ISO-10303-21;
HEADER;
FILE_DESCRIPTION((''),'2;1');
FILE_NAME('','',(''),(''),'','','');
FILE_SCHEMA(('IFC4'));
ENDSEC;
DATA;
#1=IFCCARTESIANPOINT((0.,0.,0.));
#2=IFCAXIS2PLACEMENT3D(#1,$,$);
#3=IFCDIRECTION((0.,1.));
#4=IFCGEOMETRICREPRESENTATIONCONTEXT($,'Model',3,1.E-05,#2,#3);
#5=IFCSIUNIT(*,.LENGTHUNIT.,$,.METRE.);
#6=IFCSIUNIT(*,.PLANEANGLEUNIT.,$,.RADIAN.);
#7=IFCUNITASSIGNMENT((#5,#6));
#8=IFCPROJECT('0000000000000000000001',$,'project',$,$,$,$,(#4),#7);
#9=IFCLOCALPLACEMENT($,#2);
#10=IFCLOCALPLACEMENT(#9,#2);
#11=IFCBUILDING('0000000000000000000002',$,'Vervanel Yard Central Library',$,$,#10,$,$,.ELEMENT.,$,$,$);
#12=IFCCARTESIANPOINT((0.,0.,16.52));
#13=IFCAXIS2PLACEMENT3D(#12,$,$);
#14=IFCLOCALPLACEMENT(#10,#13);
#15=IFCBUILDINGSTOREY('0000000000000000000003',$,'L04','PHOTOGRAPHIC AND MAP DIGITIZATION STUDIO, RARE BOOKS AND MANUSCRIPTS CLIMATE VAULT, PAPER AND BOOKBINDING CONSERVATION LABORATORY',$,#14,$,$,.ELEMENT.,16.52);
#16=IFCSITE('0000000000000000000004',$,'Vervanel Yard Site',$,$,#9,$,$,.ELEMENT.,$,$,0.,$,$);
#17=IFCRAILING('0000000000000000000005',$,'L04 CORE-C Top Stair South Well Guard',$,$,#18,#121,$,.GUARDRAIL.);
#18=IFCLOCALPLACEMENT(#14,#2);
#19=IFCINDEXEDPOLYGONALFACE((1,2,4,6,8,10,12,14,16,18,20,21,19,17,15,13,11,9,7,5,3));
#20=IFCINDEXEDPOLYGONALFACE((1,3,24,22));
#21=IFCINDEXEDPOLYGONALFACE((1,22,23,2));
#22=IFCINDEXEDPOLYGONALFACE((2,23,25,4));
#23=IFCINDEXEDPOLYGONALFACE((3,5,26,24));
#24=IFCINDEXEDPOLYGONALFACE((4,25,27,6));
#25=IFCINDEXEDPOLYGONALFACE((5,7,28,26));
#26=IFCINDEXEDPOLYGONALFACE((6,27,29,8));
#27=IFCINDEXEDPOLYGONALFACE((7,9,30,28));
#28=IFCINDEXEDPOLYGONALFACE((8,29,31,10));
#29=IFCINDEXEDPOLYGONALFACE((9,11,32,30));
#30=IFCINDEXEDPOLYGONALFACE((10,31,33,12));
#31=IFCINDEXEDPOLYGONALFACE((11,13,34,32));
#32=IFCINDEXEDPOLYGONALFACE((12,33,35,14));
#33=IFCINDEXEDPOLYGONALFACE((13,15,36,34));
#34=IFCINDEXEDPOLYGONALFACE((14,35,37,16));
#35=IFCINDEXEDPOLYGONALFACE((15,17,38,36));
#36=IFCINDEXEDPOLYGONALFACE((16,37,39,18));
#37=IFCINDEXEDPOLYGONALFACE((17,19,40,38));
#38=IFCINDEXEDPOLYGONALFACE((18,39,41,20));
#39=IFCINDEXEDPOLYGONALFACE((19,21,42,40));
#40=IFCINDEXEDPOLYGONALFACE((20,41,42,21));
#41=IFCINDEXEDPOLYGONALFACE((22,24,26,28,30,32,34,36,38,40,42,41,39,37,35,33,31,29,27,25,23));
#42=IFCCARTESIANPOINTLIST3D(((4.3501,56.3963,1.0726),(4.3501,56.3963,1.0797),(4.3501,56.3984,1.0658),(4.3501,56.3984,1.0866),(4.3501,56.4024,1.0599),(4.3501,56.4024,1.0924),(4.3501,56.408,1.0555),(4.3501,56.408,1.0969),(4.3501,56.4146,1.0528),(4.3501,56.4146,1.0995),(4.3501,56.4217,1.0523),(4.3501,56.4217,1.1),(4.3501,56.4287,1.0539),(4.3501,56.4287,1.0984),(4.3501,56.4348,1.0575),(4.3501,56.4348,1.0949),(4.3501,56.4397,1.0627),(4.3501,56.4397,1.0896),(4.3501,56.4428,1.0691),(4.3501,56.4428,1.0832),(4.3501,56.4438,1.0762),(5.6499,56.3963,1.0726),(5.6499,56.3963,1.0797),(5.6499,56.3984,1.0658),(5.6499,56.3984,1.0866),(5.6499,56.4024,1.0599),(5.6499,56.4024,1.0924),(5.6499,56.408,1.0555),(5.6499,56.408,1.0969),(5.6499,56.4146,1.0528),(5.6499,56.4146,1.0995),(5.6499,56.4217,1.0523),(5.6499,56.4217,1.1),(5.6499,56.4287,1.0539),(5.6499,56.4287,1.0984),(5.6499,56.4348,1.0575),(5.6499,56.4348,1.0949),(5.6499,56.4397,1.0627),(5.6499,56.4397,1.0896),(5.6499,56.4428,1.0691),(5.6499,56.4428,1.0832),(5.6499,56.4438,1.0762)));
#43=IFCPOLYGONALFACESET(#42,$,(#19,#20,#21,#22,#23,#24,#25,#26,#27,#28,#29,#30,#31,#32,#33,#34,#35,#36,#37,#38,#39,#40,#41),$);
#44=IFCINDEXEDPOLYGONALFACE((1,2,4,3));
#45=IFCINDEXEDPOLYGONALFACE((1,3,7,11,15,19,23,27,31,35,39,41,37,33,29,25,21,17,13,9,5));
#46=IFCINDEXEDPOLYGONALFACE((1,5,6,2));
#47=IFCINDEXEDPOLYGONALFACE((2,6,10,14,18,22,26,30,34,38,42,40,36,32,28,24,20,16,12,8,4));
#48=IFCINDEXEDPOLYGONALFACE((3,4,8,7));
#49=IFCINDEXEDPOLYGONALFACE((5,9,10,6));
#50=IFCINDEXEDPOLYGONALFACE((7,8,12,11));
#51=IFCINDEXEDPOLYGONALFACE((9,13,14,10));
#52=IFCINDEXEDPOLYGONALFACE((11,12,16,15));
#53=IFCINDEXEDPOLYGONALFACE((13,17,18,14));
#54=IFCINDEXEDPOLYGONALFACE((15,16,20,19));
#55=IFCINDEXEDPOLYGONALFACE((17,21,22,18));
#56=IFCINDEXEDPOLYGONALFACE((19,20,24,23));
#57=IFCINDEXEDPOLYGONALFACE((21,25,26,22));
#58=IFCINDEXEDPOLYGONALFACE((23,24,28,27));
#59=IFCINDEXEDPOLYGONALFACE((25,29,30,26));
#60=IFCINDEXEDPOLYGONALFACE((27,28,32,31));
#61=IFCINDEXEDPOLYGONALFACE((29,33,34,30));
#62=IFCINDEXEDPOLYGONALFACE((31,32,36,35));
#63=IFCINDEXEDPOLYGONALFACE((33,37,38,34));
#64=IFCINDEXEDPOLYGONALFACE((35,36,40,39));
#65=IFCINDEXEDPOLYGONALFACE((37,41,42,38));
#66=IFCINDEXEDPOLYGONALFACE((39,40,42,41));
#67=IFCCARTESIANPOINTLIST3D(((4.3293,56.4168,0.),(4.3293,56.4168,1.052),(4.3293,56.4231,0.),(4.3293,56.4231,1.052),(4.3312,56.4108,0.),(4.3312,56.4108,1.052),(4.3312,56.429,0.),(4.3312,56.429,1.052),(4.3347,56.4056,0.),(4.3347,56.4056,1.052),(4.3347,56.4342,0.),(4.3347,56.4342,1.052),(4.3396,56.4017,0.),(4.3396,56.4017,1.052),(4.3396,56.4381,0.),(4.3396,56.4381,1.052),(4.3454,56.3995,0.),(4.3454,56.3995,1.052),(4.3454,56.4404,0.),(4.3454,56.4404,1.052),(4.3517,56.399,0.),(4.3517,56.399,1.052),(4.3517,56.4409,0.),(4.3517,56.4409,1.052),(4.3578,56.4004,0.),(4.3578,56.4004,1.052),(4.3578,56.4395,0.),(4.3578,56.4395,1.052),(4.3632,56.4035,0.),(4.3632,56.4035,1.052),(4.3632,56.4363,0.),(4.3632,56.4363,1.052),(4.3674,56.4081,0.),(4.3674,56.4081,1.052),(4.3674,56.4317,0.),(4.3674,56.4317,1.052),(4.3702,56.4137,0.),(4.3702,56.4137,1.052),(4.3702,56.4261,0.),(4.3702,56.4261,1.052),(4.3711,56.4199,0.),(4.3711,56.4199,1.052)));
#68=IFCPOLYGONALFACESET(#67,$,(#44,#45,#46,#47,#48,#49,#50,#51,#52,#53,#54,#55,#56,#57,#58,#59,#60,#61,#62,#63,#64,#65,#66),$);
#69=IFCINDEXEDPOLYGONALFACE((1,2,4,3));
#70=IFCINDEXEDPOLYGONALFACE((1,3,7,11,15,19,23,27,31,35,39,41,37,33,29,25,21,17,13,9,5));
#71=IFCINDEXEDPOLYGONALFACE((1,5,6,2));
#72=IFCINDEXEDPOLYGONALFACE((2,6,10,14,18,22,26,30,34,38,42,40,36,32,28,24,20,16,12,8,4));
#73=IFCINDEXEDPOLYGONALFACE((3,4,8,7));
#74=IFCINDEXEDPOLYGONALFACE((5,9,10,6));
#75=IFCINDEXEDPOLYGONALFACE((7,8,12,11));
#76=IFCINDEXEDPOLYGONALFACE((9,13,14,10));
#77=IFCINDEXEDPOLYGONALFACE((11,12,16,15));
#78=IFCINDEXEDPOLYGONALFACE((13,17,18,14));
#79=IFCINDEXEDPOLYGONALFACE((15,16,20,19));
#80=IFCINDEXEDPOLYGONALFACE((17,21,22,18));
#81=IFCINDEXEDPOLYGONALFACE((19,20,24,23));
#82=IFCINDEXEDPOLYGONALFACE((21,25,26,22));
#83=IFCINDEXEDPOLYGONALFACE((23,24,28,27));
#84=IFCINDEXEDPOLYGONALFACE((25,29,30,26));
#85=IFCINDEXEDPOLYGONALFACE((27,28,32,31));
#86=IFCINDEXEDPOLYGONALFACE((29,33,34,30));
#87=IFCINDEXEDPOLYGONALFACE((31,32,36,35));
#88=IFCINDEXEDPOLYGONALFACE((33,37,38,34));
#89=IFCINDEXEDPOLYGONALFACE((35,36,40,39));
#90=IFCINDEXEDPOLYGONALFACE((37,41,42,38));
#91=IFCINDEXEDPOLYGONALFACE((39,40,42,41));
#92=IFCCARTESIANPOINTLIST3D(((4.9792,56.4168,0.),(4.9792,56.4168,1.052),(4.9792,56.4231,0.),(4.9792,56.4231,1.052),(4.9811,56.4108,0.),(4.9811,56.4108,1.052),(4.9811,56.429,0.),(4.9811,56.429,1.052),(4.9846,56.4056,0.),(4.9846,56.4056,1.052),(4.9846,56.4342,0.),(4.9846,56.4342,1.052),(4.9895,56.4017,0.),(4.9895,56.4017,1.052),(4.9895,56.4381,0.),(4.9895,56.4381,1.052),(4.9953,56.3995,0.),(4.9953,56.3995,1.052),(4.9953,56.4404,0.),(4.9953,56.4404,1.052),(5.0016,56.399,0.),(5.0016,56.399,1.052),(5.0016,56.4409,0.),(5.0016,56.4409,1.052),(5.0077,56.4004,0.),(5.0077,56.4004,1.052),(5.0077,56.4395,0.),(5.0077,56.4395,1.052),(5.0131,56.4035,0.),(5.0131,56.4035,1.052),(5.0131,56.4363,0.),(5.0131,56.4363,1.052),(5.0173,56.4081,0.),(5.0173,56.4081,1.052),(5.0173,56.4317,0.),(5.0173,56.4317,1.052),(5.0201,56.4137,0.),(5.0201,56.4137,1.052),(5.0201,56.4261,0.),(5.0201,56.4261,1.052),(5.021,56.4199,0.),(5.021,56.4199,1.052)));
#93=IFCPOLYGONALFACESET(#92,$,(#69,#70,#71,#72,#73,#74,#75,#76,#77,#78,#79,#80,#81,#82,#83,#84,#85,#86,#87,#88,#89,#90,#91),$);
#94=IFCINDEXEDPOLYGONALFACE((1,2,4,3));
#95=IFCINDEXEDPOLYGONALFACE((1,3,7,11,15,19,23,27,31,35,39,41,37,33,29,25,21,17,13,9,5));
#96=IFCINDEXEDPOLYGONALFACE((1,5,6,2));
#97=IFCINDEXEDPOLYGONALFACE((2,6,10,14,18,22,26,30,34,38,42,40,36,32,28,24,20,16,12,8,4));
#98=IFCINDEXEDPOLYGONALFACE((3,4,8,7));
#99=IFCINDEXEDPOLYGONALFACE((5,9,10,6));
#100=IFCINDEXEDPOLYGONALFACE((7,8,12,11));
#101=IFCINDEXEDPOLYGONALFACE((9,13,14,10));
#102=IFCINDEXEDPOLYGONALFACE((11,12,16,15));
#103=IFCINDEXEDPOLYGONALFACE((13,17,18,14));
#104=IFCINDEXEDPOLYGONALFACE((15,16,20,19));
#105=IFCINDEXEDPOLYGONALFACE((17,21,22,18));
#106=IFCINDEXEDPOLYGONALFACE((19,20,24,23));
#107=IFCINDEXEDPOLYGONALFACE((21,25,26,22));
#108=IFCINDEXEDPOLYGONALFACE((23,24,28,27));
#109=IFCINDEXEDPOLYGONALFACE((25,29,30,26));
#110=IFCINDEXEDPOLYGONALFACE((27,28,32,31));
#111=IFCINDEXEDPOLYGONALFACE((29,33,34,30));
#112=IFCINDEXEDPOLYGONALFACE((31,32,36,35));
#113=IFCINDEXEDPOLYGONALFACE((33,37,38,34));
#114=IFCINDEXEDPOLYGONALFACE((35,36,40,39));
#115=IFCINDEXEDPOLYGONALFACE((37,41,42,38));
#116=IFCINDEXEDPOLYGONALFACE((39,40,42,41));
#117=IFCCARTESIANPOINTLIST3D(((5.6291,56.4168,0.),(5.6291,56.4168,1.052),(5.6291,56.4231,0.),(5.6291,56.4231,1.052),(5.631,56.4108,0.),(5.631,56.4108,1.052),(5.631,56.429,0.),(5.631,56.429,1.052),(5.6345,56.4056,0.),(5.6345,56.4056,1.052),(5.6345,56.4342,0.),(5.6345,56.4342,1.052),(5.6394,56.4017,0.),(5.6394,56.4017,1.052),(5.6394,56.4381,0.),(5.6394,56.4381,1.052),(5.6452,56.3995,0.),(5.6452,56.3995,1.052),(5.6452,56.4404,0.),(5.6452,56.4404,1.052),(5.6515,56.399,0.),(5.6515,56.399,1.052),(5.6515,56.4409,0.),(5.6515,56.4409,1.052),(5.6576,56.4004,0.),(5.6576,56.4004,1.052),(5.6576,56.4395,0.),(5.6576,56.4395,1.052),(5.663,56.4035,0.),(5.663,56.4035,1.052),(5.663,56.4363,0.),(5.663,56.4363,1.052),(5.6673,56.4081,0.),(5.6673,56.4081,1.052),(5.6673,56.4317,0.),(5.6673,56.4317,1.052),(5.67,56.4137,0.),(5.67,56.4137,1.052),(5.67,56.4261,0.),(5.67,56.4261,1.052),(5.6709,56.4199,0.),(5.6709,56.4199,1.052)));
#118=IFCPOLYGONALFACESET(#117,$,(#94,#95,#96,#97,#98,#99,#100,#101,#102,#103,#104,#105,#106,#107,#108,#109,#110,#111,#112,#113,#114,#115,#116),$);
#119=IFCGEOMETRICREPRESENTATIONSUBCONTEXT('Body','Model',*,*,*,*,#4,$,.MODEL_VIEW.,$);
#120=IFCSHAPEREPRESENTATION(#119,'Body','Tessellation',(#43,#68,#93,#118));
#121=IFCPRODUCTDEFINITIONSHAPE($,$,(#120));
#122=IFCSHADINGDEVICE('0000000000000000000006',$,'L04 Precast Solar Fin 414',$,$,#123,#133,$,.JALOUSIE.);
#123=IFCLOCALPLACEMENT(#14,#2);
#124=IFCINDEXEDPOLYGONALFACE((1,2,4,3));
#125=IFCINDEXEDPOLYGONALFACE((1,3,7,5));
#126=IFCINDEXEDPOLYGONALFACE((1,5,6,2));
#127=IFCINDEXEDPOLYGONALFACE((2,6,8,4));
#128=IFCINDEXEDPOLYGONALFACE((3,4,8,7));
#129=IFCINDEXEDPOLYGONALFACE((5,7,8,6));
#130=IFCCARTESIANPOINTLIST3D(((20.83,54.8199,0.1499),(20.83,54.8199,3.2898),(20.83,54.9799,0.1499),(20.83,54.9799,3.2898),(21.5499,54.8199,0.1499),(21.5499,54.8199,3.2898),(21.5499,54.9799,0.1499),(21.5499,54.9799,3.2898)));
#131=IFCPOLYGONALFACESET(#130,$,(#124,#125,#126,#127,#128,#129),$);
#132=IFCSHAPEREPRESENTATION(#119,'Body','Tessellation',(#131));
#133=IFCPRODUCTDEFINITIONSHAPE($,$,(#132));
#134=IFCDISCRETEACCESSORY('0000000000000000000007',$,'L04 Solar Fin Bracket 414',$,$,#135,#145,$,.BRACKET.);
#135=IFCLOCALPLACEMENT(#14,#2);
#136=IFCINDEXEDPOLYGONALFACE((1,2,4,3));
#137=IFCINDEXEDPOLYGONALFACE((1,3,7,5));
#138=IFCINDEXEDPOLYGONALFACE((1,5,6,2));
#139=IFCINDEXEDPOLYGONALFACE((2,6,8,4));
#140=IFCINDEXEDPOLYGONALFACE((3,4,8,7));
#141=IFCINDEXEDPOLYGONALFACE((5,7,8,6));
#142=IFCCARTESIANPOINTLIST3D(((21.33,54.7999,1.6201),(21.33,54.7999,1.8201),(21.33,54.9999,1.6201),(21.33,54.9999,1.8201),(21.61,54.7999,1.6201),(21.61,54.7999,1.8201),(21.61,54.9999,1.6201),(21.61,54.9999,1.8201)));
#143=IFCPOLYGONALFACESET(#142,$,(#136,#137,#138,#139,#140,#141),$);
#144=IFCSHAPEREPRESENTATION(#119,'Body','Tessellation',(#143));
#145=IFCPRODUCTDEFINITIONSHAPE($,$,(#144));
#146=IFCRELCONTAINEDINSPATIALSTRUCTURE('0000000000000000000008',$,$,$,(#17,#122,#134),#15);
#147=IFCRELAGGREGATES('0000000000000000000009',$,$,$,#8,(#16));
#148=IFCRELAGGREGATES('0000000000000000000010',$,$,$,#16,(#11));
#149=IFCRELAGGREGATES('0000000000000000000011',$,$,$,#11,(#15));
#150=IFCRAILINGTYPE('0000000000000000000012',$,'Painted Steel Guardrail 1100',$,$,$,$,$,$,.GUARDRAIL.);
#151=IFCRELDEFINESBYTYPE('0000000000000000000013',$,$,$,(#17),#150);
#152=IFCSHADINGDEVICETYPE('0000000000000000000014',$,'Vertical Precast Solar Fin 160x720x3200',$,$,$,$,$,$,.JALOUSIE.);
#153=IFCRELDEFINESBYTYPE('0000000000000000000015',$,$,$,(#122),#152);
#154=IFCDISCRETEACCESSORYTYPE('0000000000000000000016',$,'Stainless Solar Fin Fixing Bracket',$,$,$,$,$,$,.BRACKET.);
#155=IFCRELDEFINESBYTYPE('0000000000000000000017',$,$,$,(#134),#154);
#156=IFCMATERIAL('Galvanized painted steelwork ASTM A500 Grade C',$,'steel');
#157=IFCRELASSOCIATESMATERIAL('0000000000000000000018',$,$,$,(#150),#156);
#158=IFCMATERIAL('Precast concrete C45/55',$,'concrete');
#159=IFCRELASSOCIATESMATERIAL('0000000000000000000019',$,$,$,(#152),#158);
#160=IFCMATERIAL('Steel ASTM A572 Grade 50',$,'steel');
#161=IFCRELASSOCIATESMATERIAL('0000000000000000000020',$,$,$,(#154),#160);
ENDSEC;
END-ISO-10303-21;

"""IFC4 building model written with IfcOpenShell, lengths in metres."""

from ifc_helpers import new_model, si_unit, direction, frame, origin, origin_2d, place, context, subcontext, project, spatial, rectangle, circle, extrude, material, type_object, element, save


model = new_model("IFC4")

# Units and contexts
model_context = context("Model", 3, precision=1e-05, world=origin(), true_north=direction((0.0, 1.0)))
body_context = subcontext(model_context, "Body", "Model", "MODEL_VIEW")
ifc_project = project(units=[si_unit("LENGTHUNIT", "METRE"), si_unit("PLANEANGLEUNIT", "RADIAN")], contexts=[model_context])

# Site, building, storey
site_placement = place(None, origin())
site = spatial("IfcSite", under=ifc_project, at=site_placement, Name="Vervanel Yard Site", CompositionType="ELEMENT", RefElevation=0.0)
building_placement = place(site_placement, origin())
building = spatial("IfcBuilding", under=site, at=building_placement, Name="Vervanel Yard Central Library", CompositionType="ELEMENT")
storey_placement = place(building_placement, frame((0.0, 0.0, 16.52)))
storey = spatial("IfcBuildingStorey", under=building, at=storey_placement, Name="L04", Description="PHOTOGRAPHIC AND MAP DIGITIZATION STUDIO, RARE BOOKS AND MANUSCRIPTS CLIMATE VAULT, PAPER AND BOOKBINDING CONSERVATION LABORATORY", CompositionType="ELEMENT", Elevation=16.52)

# Shared definitions
ifc_material_1 = material(Name="Steel ASTM A572 Grade 50", Category="steel")

# Shared definitions
ifc_material_2 = material(Name="Galvanized painted steelwork ASTM A500 Grade C", Category="steel")

# Railing
railing_type_1 = type_object("IfcRailingType", Name="Painted Steel Guardrail 1100", PredefinedType="GUARDRAIL", material=ifc_material_2)
railing_1_placement = place(storey_placement, frame((4.3501, 56.4199, 0.0)))
element("IfcRailing", 1, at=railing_1_placement, inside=storey, type_object=railing_type_1, Name="L04 CORE-C Top Stair South Well Guard", PredefinedType="GUARDRAIL", context=body_context, shape_type="SweptSolid", body=[
    extrude(circle(Radius=0.0239, at=origin_2d()), frame((0.0, 0.0, 1.0762), z_axis=(1.0, 0.0, 0.0), x_axis=(0.0, 1.0, 0.0)), (0.0, 0.0, 1.0), 1.2998),
    extrude(circle(Radius=0.021, at=origin_2d()), origin(), (0.0, 0.0, 1.0), 1.052),
    extrude(circle(Radius=0.021, at=origin_2d()), frame((0.6499, 0.0, 0.0)), (0.0, 0.0, 1.0), 1.052),
    extrude(circle(Radius=0.021, at=origin_2d()), frame((1.2998, 0.0, 0.0)), (0.0, 0.0, 1.0), 1.052),
])

# Shading device
ifc_material_3 = material(Name="Precast concrete C45/55", Category="concrete")
shading_device_type = type_object("IfcShadingDeviceType", Name="Vertical Precast Solar Fin 160x720x3200", PredefinedType="JALOUSIE", material=ifc_material_3)
shading_device_placement = place(storey_placement, frame((21.1899, 54.8999, 0.1499), z_axis=(0.0, 0.0, 1.0), x_axis=(0.0, 1.0, 0.0)))
element("IfcShadingDevice", 2, at=shading_device_placement, inside=storey, type_object=shading_device_type, Name="L04 Precast Solar Fin 414", PredefinedType="JALOUSIE", context=body_context, shape_type="SweptSolid", body=[
    extrude(rectangle(XDim=0.1599, YDim=0.72, at=origin_2d()), origin(), (0.0, 0.0, 1.0), 3.1399),
])

# Discrete accessory
discrete_accessory_type = type_object("IfcDiscreteAccessoryType", Name="Stainless Solar Fin Fixing Bracket", PredefinedType="BRACKET", material=ifc_material_1)
discrete_accessory_placement = place(storey_placement, frame((21.47, 54.8999, 1.6201), z_axis=(0.0, 0.0, 1.0), x_axis=(0.0, 1.0, 0.0)))
element("IfcDiscreteAccessory", 3, at=discrete_accessory_placement, inside=storey, type_object=discrete_accessory_type, Name="L04 Solar Fin Bracket 414", PredefinedType="BRACKET", context=body_context, shape_type="SweptSolid", body=[
    extrude(rectangle(XDim=0.2, YDim=0.28, at=origin_2d()), origin(), (0.0, 0.0, 1.0), 0.2),
])

save(model, "model.ifc")
